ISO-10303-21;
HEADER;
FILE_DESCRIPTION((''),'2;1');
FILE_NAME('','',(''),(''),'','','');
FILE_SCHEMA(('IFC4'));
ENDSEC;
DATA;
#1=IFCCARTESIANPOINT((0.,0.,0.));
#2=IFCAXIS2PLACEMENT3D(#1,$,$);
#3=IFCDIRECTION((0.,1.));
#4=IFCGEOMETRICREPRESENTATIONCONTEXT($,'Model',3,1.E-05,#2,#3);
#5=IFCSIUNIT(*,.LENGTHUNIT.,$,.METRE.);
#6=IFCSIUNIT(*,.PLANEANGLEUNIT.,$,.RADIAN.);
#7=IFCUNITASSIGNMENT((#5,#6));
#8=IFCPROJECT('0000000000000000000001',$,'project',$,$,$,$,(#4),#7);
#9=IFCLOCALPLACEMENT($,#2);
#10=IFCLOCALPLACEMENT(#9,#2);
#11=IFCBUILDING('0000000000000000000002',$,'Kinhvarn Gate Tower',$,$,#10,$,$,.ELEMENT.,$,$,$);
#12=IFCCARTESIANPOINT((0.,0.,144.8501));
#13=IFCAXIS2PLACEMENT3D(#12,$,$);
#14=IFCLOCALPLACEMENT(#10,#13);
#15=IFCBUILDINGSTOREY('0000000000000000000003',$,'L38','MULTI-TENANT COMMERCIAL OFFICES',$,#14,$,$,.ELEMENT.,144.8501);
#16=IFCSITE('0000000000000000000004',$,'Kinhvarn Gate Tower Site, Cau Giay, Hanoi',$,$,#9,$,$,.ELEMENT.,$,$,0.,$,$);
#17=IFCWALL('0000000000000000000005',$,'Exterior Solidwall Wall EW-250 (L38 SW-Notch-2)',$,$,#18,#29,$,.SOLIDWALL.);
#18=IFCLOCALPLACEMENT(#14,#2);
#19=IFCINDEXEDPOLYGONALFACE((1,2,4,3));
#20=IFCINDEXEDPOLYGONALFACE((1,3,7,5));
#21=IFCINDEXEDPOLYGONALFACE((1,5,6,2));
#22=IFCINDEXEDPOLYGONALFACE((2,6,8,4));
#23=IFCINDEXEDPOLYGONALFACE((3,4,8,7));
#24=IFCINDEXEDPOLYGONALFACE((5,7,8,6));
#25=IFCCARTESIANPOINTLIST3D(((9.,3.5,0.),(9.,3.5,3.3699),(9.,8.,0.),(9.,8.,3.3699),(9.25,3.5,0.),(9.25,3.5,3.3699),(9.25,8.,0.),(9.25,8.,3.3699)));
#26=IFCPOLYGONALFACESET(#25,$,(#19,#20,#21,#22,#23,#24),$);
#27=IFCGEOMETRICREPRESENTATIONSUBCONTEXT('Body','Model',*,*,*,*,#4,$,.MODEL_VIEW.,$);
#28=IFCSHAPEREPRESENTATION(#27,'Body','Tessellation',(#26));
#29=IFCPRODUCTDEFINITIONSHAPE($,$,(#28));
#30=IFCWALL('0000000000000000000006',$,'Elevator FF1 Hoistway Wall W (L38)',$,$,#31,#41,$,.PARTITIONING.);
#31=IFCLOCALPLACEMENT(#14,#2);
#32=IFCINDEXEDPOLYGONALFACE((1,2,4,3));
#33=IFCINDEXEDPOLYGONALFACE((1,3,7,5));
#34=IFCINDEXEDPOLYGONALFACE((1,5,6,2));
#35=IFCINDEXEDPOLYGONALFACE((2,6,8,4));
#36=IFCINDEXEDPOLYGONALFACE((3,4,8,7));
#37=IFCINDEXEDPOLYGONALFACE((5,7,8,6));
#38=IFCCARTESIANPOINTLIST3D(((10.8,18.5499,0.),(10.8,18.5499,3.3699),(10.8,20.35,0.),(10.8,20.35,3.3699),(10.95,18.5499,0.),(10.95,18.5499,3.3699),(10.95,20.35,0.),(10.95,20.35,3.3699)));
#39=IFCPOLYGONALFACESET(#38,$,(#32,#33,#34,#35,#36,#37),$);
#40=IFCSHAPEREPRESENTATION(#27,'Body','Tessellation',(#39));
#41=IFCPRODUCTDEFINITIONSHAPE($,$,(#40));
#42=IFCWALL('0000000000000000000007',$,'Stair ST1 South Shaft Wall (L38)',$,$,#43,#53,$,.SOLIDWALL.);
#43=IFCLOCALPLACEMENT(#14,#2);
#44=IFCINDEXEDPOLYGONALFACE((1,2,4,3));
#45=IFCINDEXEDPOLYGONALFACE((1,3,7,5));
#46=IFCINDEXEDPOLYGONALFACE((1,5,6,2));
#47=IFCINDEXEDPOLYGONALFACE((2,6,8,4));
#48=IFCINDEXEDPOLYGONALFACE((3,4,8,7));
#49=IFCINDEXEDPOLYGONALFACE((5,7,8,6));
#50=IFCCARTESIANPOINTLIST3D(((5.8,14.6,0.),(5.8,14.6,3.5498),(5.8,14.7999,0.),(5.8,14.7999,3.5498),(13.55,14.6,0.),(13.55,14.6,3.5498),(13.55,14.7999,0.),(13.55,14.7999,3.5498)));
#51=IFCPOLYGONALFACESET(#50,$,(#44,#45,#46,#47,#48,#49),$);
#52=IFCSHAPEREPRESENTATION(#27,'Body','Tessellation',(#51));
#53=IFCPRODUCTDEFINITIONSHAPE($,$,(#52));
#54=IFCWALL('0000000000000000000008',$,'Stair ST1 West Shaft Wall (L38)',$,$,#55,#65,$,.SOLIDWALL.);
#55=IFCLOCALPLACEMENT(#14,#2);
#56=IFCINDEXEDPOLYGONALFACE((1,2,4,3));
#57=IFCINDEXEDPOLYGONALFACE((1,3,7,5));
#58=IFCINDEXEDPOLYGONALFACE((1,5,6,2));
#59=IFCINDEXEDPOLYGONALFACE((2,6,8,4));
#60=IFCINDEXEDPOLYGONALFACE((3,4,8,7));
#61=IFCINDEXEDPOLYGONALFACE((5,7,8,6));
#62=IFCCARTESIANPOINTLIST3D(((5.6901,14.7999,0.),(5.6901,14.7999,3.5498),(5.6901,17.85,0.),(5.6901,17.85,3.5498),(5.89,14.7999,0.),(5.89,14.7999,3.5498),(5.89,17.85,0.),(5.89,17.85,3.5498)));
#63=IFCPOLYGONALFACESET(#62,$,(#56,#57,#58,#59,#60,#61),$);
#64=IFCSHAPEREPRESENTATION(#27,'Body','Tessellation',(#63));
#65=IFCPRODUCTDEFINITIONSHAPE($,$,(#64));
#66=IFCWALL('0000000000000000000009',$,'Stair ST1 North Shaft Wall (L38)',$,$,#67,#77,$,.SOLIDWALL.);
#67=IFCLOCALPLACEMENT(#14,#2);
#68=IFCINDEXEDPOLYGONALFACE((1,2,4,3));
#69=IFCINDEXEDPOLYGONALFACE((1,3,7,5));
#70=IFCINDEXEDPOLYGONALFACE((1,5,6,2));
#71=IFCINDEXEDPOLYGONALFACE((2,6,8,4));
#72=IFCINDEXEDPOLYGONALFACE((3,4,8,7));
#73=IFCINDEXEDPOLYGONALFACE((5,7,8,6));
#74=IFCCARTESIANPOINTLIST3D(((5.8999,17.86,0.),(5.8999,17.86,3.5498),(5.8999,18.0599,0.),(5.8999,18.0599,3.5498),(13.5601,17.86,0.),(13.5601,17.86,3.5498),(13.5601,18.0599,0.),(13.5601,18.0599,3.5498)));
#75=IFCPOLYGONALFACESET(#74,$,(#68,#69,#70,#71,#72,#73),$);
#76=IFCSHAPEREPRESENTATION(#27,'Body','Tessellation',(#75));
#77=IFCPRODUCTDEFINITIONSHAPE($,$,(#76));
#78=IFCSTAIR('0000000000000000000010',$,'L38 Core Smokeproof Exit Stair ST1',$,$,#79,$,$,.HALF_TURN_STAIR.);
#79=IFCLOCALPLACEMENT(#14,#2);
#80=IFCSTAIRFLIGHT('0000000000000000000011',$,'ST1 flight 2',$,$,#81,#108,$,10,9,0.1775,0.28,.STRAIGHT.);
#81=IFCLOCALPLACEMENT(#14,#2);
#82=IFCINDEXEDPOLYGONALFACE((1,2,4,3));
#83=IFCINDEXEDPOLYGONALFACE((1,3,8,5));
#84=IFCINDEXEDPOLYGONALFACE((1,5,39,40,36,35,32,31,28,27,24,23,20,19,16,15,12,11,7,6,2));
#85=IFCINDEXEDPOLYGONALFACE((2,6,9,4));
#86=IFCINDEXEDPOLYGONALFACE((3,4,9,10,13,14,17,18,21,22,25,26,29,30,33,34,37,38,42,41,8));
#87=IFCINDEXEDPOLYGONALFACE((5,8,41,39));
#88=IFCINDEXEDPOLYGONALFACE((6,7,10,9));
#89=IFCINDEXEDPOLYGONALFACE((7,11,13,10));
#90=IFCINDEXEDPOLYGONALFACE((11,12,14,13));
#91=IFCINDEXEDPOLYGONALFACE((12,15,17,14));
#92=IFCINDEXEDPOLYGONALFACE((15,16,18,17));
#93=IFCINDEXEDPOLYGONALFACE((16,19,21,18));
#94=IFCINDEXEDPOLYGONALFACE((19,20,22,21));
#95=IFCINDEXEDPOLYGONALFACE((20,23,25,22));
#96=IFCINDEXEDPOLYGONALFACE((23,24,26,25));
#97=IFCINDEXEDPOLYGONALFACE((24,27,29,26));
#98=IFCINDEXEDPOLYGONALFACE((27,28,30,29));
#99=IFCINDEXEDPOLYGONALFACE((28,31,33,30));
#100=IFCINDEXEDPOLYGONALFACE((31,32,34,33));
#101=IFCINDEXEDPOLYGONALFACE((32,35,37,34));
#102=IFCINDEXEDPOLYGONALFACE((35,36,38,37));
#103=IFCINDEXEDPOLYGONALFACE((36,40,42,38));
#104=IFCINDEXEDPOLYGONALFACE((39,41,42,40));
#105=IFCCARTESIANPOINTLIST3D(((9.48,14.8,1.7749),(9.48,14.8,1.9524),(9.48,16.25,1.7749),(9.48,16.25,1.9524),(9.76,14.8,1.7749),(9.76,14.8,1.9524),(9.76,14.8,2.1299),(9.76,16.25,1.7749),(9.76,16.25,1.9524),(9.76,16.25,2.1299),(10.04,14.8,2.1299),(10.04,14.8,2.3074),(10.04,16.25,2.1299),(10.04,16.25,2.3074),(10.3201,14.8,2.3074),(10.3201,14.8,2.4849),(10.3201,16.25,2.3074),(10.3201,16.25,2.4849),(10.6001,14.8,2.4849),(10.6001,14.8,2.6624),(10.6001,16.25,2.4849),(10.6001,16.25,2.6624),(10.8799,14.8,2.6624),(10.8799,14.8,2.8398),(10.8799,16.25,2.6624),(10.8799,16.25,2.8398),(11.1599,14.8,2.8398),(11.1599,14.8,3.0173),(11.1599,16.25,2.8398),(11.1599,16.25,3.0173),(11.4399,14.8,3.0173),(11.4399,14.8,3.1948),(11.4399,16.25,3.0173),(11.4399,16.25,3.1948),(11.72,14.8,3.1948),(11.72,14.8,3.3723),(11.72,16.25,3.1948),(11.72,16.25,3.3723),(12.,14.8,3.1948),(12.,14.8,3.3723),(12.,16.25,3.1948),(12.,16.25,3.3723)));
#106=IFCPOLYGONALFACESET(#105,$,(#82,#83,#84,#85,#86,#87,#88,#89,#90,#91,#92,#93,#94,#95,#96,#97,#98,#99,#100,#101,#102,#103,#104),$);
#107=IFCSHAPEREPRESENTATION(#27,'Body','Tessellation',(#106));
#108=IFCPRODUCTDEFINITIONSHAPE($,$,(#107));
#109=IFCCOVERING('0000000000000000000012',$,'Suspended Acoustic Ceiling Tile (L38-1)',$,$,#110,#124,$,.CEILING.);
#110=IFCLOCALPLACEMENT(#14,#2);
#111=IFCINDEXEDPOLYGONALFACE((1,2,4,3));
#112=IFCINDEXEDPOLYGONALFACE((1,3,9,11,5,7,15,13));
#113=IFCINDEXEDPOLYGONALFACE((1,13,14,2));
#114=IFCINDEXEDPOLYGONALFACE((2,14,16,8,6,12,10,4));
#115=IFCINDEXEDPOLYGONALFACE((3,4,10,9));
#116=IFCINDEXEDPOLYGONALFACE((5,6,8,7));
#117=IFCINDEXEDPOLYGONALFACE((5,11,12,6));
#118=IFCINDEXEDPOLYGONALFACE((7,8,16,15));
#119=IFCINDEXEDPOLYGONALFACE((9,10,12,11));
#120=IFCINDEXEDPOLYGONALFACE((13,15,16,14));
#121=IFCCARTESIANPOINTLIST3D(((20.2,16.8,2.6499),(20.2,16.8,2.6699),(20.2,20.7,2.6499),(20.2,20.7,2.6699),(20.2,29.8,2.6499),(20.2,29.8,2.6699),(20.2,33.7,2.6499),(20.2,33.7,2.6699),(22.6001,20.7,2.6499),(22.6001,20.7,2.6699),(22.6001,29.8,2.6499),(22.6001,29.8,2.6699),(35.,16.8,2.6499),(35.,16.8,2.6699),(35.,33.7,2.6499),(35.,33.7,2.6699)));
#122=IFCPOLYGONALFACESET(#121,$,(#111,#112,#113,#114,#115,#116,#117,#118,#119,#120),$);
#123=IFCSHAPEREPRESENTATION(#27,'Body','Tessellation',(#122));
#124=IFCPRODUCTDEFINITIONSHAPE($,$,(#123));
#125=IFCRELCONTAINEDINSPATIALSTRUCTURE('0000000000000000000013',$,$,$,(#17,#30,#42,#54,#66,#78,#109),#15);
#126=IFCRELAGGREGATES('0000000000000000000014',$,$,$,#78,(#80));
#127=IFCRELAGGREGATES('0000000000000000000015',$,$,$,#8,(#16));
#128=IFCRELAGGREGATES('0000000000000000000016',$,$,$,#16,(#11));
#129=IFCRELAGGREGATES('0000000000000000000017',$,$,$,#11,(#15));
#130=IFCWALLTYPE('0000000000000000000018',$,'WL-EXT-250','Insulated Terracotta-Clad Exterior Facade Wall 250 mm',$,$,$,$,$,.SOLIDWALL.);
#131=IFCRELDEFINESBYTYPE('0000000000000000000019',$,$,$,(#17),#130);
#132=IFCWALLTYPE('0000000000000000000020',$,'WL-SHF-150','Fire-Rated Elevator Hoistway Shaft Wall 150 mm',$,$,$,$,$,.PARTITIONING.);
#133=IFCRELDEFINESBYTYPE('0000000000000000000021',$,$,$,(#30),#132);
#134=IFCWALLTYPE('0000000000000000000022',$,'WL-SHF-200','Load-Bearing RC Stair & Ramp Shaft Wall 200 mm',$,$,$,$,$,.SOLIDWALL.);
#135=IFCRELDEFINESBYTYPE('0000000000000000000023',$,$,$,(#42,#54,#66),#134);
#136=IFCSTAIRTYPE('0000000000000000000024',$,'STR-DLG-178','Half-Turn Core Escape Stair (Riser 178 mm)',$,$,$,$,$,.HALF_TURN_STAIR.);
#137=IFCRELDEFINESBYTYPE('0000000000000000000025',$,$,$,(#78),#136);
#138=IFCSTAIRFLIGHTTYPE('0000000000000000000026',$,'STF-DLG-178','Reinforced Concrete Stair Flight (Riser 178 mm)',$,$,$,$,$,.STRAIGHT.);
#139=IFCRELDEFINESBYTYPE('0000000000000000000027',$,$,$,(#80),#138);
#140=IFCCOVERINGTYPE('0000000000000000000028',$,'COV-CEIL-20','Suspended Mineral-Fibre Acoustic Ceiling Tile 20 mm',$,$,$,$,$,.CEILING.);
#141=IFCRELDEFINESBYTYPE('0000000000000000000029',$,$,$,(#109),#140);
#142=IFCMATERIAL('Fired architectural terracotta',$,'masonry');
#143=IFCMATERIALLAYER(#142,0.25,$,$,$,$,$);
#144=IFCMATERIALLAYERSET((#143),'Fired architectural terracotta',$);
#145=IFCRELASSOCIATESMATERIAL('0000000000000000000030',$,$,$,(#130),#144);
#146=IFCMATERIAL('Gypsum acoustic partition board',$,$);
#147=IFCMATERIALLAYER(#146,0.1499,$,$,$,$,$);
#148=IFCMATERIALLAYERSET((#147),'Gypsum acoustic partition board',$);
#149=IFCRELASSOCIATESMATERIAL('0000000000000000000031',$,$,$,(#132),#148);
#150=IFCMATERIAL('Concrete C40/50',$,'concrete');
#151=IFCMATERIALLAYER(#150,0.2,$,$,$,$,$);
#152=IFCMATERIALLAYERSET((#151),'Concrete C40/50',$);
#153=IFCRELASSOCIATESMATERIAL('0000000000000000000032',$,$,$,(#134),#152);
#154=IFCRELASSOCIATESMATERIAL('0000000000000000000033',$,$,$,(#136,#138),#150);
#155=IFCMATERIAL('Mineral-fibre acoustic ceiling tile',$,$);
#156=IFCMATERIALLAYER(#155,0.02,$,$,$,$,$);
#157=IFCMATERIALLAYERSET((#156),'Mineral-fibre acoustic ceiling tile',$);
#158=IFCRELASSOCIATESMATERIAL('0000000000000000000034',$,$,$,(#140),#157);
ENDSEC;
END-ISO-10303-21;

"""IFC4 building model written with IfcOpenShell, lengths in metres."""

from ifc_helpers import new_model, si_unit, direction, frame, frame_2d, origin, place, context, subcontext, project, spatial, polyline, rectangle, outline, extrude, material, layer, layer_set, type_object, element, aggregate, save


model = new_model("IFC4")

# Units and contexts
model_context = context("Model", 3, precision=1e-05, world=origin(), true_north=direction((0.0, 1.0)))
body_context = subcontext(model_context, "Body", "Model", "MODEL_VIEW")
ifc_project = project(units=[si_unit("LENGTHUNIT", "METRE"), si_unit("PLANEANGLEUNIT", "RADIAN")], contexts=[model_context])

# Site, building, storey
site_placement = place(None, origin())
site = spatial("IfcSite", under=ifc_project, at=site_placement, Name="Kinhvarn Gate Tower Site, Cau Giay, Hanoi", CompositionType="ELEMENT", RefElevation=0.0)
building_placement = place(site_placement, origin())
building = spatial("IfcBuilding", under=site, at=building_placement, Name="Kinhvarn Gate Tower", CompositionType="ELEMENT")
storey_placement = place(building_placement, frame((0.0, 0.0, 144.8501)))
storey = spatial("IfcBuildingStorey", under=building, at=storey_placement, Name="L38", Description="MULTI-TENANT COMMERCIAL OFFICES", CompositionType="ELEMENT", Elevation=144.8501)

# Shared definitions
ifc_material_1 = material(Name="Fired architectural terracotta", Category="masonry")
ifc_layer_1 = layer(ifc_material_1, 0.25)
ifc_layer_set_1 = layer_set([ifc_layer_1], Name="Fired architectural terracotta")
wall_type_1 = type_object("IfcWallType", Name="WL-EXT-250", Description="Insulated Terracotta-Clad Exterior Facade Wall 250 mm", PredefinedType="SOLIDWALL", material=ifc_layer_set_1)

# Walls
wall_1_placement = place(storey_placement, frame((9.125, 8.0, 0.0), z_axis=(0.0, 0.0, 1.0), x_axis=(0.0, -1.0, 0.0)))
element("IfcWall", 1, at=wall_1_placement, inside=storey, type_object=wall_type_1, Name="Exterior Solidwall Wall EW-250 (L38 SW-Notch-2)", PredefinedType="SOLIDWALL", context=body_context, shape_type="SweptSolid", body=[
    extrude(rectangle(XDim=4.5, YDim=0.25, at=frame_2d((2.25, 0.0))), origin(), (0.0, 0.0, 1.0), 3.3699),
])
ifc_material_2 = material(Name="Gypsum acoustic partition board")
ifc_layer_2 = layer(ifc_material_2, 0.1499)
ifc_layer_set_2 = layer_set([ifc_layer_2], Name="Gypsum acoustic partition board")
wall_type_2 = type_object("IfcWallType", Name="WL-SHF-150", Description="Fire-Rated Elevator Hoistway Shaft Wall 150 mm", PredefinedType="PARTITIONING", material=ifc_layer_set_2)
wall_2_placement = place(storey_placement, frame((10.875, 18.55, 0.0), z_axis=(0.0, 0.0, 1.0), x_axis=(0.0, 1.0, 0.0)))
element("IfcWall", 2, at=wall_2_placement, inside=storey, type_object=wall_type_2, Name="Elevator FF1 Hoistway Wall W (L38)", PredefinedType="PARTITIONING", context=body_context, shape_type="SweptSolid", body=[
    extrude(rectangle(XDim=1.8, YDim=0.1499, at=frame_2d((0.8999, 0.0))), origin(), (0.0, 0.0, 1.0), 3.3699),
])
ifc_material_3 = material(Name="Concrete C40/50", Category="concrete")
ifc_layer_3 = layer(ifc_material_3, 0.2)
ifc_layer_set_3 = layer_set([ifc_layer_3], Name="Concrete C40/50")
wall_type_3 = type_object("IfcWallType", Name="WL-SHF-200", Description="Load-Bearing RC Stair & Ramp Shaft Wall 200 mm", PredefinedType="SOLIDWALL", material=ifc_layer_set_3)
wall_3_placement = place(storey_placement, frame((5.8, 14.7, 0.0), z_axis=(0.0, 0.0, 1.0), x_axis=(1.0, 0.0, 0.0)))
element("IfcWall", 3, at=wall_3_placement, inside=storey, type_object=wall_type_3, Name="Stair ST1 South Shaft Wall (L38)", PredefinedType="SOLIDWALL", context=body_context, shape_type="SweptSolid", body=[
    extrude(rectangle(XDim=7.75, YDim=0.2, at=frame_2d((3.875, 0.0))), origin(), (0.0, 0.0, 1.0), 3.5498),
])
wall_4_placement = place(storey_placement, frame((5.79, 14.8, 0.0), z_axis=(0.0, 0.0, 1.0), x_axis=(0.0, 1.0, 0.0)))
element("IfcWall", 4, at=wall_4_placement, inside=storey, type_object=wall_type_3, Name="Stair ST1 West Shaft Wall (L38)", PredefinedType="SOLIDWALL", context=body_context, shape_type="SweptSolid", body=[
    extrude(rectangle(XDim=3.05, YDim=0.2, at=frame_2d((1.5249, 0.0))), origin(), (0.0, 0.0, 1.0), 3.5498),
])
wall_5_placement = place(storey_placement, frame((5.8999, 17.96, 0.0), z_axis=(0.0, 0.0, 1.0), x_axis=(1.0, 0.0, 0.0)))
element("IfcWall", 5, at=wall_5_placement, inside=storey, type_object=wall_type_3, Name="Stair ST1 North Shaft Wall (L38)", PredefinedType="SOLIDWALL", context=body_context, shape_type="SweptSolid", body=[
    extrude(rectangle(XDim=7.6602, YDim=0.2, at=frame_2d((3.8301, 0.0))), origin(), (0.0, 0.0, 1.0), 3.5498),
])

# Stair, stair flight
stair_type = type_object("IfcStairType", Name="STR-DLG-178", Description="Half-Turn Core Escape Stair (Riser 178 mm)", PredefinedType="HALF_TURN_STAIR", material=ifc_material_3)
stair_placement = place(storey_placement, origin())
stair = element("IfcStair", 6, at=stair_placement, inside=storey, type_object=stair_type, Name="L38 Core Smokeproof Exit Stair ST1", PredefinedType="HALF_TURN_STAIR")
stair_flight_type = type_object("IfcStairFlightType", Name="STF-DLG-178", Description="Reinforced Concrete Stair Flight (Riser 178 mm)", PredefinedType="STRAIGHT", material=ifc_material_3)
stair_flight_placement = place(storey_placement, frame((9.48, 15.5249, 1.7749), z_axis=(0.0, 0.0, 1.0), x_axis=(1.0, 0.0, 0.0)))
stair_flight = element("IfcStairFlight", 7, at=stair_flight_placement, type_object=stair_flight_type, Name="ST1 flight 2", NumberOfRisers=10, NumberOfTreads=9, PredefinedType="STRAIGHT", RiserHeight=0.1775, TreadLength=0.28, context=body_context, shape_type="SweptSolid", body=[
    extrude(outline(polyline([(0.0, 0.0), (0.0, 0.1775), (0.28, 0.1775), (0.28, 0.355), (0.5601, 0.355), (0.5601, 0.5325), (0.8401, 0.5325), (0.8401, 0.71), (1.1201, 0.71), (1.1201, 0.8875), (1.3999, 0.8875), (1.3999, 1.0649), (1.6799, 1.0649), (1.6799, 1.2424), (1.96, 1.2424), (1.96, 1.4199), (2.24, 1.4199), (2.24, 1.5974), (2.52, 1.5974), (2.52, 1.7749), (2.52, 1.4199), (0.28, 0.0), (0.0, 0.0)])), frame((0.0, 0.7251, 0.0), z_axis=(0.0, -1.0, 0.0), x_axis=(1.0, 0.0, 0.0)), (0.0, 0.0, 1.0), 1.45),
])
aggregate(stair, [stair_flight])

# Covering
ifc_material_4 = material(Name="Mineral-fibre acoustic ceiling tile")
ifc_layer_4 = layer(ifc_material_4, 0.02)
ifc_layer_set_4 = layer_set([ifc_layer_4], Name="Mineral-fibre acoustic ceiling tile")
covering_type = type_object("IfcCoveringType", Name="COV-CEIL-20", Description="Suspended Mineral-Fibre Acoustic Ceiling Tile 20 mm", PredefinedType="CEILING", material=ifc_layer_set_4)
covering_placement = place(storey_placement, frame((0.0, 0.0, 2.6499)))
element("IfcCovering", 8, at=covering_placement, inside=storey, type_object=covering_type, Name="Suspended Acoustic Ceiling Tile (L38-1)", PredefinedType="CEILING", context=body_context, shape_type="SweptSolid", body=[
    extrude(outline(polyline([(35.0, 33.7), (35.0, 16.8), (20.2, 16.8), (20.2, 20.7), (22.6001, 20.7), (22.6001, 29.8), (20.2, 29.8), (20.2, 33.7), (35.0, 33.7)])), origin(), (0.0, 0.0, 1.0), 0.02),
])

save(model, "model.ifc")
